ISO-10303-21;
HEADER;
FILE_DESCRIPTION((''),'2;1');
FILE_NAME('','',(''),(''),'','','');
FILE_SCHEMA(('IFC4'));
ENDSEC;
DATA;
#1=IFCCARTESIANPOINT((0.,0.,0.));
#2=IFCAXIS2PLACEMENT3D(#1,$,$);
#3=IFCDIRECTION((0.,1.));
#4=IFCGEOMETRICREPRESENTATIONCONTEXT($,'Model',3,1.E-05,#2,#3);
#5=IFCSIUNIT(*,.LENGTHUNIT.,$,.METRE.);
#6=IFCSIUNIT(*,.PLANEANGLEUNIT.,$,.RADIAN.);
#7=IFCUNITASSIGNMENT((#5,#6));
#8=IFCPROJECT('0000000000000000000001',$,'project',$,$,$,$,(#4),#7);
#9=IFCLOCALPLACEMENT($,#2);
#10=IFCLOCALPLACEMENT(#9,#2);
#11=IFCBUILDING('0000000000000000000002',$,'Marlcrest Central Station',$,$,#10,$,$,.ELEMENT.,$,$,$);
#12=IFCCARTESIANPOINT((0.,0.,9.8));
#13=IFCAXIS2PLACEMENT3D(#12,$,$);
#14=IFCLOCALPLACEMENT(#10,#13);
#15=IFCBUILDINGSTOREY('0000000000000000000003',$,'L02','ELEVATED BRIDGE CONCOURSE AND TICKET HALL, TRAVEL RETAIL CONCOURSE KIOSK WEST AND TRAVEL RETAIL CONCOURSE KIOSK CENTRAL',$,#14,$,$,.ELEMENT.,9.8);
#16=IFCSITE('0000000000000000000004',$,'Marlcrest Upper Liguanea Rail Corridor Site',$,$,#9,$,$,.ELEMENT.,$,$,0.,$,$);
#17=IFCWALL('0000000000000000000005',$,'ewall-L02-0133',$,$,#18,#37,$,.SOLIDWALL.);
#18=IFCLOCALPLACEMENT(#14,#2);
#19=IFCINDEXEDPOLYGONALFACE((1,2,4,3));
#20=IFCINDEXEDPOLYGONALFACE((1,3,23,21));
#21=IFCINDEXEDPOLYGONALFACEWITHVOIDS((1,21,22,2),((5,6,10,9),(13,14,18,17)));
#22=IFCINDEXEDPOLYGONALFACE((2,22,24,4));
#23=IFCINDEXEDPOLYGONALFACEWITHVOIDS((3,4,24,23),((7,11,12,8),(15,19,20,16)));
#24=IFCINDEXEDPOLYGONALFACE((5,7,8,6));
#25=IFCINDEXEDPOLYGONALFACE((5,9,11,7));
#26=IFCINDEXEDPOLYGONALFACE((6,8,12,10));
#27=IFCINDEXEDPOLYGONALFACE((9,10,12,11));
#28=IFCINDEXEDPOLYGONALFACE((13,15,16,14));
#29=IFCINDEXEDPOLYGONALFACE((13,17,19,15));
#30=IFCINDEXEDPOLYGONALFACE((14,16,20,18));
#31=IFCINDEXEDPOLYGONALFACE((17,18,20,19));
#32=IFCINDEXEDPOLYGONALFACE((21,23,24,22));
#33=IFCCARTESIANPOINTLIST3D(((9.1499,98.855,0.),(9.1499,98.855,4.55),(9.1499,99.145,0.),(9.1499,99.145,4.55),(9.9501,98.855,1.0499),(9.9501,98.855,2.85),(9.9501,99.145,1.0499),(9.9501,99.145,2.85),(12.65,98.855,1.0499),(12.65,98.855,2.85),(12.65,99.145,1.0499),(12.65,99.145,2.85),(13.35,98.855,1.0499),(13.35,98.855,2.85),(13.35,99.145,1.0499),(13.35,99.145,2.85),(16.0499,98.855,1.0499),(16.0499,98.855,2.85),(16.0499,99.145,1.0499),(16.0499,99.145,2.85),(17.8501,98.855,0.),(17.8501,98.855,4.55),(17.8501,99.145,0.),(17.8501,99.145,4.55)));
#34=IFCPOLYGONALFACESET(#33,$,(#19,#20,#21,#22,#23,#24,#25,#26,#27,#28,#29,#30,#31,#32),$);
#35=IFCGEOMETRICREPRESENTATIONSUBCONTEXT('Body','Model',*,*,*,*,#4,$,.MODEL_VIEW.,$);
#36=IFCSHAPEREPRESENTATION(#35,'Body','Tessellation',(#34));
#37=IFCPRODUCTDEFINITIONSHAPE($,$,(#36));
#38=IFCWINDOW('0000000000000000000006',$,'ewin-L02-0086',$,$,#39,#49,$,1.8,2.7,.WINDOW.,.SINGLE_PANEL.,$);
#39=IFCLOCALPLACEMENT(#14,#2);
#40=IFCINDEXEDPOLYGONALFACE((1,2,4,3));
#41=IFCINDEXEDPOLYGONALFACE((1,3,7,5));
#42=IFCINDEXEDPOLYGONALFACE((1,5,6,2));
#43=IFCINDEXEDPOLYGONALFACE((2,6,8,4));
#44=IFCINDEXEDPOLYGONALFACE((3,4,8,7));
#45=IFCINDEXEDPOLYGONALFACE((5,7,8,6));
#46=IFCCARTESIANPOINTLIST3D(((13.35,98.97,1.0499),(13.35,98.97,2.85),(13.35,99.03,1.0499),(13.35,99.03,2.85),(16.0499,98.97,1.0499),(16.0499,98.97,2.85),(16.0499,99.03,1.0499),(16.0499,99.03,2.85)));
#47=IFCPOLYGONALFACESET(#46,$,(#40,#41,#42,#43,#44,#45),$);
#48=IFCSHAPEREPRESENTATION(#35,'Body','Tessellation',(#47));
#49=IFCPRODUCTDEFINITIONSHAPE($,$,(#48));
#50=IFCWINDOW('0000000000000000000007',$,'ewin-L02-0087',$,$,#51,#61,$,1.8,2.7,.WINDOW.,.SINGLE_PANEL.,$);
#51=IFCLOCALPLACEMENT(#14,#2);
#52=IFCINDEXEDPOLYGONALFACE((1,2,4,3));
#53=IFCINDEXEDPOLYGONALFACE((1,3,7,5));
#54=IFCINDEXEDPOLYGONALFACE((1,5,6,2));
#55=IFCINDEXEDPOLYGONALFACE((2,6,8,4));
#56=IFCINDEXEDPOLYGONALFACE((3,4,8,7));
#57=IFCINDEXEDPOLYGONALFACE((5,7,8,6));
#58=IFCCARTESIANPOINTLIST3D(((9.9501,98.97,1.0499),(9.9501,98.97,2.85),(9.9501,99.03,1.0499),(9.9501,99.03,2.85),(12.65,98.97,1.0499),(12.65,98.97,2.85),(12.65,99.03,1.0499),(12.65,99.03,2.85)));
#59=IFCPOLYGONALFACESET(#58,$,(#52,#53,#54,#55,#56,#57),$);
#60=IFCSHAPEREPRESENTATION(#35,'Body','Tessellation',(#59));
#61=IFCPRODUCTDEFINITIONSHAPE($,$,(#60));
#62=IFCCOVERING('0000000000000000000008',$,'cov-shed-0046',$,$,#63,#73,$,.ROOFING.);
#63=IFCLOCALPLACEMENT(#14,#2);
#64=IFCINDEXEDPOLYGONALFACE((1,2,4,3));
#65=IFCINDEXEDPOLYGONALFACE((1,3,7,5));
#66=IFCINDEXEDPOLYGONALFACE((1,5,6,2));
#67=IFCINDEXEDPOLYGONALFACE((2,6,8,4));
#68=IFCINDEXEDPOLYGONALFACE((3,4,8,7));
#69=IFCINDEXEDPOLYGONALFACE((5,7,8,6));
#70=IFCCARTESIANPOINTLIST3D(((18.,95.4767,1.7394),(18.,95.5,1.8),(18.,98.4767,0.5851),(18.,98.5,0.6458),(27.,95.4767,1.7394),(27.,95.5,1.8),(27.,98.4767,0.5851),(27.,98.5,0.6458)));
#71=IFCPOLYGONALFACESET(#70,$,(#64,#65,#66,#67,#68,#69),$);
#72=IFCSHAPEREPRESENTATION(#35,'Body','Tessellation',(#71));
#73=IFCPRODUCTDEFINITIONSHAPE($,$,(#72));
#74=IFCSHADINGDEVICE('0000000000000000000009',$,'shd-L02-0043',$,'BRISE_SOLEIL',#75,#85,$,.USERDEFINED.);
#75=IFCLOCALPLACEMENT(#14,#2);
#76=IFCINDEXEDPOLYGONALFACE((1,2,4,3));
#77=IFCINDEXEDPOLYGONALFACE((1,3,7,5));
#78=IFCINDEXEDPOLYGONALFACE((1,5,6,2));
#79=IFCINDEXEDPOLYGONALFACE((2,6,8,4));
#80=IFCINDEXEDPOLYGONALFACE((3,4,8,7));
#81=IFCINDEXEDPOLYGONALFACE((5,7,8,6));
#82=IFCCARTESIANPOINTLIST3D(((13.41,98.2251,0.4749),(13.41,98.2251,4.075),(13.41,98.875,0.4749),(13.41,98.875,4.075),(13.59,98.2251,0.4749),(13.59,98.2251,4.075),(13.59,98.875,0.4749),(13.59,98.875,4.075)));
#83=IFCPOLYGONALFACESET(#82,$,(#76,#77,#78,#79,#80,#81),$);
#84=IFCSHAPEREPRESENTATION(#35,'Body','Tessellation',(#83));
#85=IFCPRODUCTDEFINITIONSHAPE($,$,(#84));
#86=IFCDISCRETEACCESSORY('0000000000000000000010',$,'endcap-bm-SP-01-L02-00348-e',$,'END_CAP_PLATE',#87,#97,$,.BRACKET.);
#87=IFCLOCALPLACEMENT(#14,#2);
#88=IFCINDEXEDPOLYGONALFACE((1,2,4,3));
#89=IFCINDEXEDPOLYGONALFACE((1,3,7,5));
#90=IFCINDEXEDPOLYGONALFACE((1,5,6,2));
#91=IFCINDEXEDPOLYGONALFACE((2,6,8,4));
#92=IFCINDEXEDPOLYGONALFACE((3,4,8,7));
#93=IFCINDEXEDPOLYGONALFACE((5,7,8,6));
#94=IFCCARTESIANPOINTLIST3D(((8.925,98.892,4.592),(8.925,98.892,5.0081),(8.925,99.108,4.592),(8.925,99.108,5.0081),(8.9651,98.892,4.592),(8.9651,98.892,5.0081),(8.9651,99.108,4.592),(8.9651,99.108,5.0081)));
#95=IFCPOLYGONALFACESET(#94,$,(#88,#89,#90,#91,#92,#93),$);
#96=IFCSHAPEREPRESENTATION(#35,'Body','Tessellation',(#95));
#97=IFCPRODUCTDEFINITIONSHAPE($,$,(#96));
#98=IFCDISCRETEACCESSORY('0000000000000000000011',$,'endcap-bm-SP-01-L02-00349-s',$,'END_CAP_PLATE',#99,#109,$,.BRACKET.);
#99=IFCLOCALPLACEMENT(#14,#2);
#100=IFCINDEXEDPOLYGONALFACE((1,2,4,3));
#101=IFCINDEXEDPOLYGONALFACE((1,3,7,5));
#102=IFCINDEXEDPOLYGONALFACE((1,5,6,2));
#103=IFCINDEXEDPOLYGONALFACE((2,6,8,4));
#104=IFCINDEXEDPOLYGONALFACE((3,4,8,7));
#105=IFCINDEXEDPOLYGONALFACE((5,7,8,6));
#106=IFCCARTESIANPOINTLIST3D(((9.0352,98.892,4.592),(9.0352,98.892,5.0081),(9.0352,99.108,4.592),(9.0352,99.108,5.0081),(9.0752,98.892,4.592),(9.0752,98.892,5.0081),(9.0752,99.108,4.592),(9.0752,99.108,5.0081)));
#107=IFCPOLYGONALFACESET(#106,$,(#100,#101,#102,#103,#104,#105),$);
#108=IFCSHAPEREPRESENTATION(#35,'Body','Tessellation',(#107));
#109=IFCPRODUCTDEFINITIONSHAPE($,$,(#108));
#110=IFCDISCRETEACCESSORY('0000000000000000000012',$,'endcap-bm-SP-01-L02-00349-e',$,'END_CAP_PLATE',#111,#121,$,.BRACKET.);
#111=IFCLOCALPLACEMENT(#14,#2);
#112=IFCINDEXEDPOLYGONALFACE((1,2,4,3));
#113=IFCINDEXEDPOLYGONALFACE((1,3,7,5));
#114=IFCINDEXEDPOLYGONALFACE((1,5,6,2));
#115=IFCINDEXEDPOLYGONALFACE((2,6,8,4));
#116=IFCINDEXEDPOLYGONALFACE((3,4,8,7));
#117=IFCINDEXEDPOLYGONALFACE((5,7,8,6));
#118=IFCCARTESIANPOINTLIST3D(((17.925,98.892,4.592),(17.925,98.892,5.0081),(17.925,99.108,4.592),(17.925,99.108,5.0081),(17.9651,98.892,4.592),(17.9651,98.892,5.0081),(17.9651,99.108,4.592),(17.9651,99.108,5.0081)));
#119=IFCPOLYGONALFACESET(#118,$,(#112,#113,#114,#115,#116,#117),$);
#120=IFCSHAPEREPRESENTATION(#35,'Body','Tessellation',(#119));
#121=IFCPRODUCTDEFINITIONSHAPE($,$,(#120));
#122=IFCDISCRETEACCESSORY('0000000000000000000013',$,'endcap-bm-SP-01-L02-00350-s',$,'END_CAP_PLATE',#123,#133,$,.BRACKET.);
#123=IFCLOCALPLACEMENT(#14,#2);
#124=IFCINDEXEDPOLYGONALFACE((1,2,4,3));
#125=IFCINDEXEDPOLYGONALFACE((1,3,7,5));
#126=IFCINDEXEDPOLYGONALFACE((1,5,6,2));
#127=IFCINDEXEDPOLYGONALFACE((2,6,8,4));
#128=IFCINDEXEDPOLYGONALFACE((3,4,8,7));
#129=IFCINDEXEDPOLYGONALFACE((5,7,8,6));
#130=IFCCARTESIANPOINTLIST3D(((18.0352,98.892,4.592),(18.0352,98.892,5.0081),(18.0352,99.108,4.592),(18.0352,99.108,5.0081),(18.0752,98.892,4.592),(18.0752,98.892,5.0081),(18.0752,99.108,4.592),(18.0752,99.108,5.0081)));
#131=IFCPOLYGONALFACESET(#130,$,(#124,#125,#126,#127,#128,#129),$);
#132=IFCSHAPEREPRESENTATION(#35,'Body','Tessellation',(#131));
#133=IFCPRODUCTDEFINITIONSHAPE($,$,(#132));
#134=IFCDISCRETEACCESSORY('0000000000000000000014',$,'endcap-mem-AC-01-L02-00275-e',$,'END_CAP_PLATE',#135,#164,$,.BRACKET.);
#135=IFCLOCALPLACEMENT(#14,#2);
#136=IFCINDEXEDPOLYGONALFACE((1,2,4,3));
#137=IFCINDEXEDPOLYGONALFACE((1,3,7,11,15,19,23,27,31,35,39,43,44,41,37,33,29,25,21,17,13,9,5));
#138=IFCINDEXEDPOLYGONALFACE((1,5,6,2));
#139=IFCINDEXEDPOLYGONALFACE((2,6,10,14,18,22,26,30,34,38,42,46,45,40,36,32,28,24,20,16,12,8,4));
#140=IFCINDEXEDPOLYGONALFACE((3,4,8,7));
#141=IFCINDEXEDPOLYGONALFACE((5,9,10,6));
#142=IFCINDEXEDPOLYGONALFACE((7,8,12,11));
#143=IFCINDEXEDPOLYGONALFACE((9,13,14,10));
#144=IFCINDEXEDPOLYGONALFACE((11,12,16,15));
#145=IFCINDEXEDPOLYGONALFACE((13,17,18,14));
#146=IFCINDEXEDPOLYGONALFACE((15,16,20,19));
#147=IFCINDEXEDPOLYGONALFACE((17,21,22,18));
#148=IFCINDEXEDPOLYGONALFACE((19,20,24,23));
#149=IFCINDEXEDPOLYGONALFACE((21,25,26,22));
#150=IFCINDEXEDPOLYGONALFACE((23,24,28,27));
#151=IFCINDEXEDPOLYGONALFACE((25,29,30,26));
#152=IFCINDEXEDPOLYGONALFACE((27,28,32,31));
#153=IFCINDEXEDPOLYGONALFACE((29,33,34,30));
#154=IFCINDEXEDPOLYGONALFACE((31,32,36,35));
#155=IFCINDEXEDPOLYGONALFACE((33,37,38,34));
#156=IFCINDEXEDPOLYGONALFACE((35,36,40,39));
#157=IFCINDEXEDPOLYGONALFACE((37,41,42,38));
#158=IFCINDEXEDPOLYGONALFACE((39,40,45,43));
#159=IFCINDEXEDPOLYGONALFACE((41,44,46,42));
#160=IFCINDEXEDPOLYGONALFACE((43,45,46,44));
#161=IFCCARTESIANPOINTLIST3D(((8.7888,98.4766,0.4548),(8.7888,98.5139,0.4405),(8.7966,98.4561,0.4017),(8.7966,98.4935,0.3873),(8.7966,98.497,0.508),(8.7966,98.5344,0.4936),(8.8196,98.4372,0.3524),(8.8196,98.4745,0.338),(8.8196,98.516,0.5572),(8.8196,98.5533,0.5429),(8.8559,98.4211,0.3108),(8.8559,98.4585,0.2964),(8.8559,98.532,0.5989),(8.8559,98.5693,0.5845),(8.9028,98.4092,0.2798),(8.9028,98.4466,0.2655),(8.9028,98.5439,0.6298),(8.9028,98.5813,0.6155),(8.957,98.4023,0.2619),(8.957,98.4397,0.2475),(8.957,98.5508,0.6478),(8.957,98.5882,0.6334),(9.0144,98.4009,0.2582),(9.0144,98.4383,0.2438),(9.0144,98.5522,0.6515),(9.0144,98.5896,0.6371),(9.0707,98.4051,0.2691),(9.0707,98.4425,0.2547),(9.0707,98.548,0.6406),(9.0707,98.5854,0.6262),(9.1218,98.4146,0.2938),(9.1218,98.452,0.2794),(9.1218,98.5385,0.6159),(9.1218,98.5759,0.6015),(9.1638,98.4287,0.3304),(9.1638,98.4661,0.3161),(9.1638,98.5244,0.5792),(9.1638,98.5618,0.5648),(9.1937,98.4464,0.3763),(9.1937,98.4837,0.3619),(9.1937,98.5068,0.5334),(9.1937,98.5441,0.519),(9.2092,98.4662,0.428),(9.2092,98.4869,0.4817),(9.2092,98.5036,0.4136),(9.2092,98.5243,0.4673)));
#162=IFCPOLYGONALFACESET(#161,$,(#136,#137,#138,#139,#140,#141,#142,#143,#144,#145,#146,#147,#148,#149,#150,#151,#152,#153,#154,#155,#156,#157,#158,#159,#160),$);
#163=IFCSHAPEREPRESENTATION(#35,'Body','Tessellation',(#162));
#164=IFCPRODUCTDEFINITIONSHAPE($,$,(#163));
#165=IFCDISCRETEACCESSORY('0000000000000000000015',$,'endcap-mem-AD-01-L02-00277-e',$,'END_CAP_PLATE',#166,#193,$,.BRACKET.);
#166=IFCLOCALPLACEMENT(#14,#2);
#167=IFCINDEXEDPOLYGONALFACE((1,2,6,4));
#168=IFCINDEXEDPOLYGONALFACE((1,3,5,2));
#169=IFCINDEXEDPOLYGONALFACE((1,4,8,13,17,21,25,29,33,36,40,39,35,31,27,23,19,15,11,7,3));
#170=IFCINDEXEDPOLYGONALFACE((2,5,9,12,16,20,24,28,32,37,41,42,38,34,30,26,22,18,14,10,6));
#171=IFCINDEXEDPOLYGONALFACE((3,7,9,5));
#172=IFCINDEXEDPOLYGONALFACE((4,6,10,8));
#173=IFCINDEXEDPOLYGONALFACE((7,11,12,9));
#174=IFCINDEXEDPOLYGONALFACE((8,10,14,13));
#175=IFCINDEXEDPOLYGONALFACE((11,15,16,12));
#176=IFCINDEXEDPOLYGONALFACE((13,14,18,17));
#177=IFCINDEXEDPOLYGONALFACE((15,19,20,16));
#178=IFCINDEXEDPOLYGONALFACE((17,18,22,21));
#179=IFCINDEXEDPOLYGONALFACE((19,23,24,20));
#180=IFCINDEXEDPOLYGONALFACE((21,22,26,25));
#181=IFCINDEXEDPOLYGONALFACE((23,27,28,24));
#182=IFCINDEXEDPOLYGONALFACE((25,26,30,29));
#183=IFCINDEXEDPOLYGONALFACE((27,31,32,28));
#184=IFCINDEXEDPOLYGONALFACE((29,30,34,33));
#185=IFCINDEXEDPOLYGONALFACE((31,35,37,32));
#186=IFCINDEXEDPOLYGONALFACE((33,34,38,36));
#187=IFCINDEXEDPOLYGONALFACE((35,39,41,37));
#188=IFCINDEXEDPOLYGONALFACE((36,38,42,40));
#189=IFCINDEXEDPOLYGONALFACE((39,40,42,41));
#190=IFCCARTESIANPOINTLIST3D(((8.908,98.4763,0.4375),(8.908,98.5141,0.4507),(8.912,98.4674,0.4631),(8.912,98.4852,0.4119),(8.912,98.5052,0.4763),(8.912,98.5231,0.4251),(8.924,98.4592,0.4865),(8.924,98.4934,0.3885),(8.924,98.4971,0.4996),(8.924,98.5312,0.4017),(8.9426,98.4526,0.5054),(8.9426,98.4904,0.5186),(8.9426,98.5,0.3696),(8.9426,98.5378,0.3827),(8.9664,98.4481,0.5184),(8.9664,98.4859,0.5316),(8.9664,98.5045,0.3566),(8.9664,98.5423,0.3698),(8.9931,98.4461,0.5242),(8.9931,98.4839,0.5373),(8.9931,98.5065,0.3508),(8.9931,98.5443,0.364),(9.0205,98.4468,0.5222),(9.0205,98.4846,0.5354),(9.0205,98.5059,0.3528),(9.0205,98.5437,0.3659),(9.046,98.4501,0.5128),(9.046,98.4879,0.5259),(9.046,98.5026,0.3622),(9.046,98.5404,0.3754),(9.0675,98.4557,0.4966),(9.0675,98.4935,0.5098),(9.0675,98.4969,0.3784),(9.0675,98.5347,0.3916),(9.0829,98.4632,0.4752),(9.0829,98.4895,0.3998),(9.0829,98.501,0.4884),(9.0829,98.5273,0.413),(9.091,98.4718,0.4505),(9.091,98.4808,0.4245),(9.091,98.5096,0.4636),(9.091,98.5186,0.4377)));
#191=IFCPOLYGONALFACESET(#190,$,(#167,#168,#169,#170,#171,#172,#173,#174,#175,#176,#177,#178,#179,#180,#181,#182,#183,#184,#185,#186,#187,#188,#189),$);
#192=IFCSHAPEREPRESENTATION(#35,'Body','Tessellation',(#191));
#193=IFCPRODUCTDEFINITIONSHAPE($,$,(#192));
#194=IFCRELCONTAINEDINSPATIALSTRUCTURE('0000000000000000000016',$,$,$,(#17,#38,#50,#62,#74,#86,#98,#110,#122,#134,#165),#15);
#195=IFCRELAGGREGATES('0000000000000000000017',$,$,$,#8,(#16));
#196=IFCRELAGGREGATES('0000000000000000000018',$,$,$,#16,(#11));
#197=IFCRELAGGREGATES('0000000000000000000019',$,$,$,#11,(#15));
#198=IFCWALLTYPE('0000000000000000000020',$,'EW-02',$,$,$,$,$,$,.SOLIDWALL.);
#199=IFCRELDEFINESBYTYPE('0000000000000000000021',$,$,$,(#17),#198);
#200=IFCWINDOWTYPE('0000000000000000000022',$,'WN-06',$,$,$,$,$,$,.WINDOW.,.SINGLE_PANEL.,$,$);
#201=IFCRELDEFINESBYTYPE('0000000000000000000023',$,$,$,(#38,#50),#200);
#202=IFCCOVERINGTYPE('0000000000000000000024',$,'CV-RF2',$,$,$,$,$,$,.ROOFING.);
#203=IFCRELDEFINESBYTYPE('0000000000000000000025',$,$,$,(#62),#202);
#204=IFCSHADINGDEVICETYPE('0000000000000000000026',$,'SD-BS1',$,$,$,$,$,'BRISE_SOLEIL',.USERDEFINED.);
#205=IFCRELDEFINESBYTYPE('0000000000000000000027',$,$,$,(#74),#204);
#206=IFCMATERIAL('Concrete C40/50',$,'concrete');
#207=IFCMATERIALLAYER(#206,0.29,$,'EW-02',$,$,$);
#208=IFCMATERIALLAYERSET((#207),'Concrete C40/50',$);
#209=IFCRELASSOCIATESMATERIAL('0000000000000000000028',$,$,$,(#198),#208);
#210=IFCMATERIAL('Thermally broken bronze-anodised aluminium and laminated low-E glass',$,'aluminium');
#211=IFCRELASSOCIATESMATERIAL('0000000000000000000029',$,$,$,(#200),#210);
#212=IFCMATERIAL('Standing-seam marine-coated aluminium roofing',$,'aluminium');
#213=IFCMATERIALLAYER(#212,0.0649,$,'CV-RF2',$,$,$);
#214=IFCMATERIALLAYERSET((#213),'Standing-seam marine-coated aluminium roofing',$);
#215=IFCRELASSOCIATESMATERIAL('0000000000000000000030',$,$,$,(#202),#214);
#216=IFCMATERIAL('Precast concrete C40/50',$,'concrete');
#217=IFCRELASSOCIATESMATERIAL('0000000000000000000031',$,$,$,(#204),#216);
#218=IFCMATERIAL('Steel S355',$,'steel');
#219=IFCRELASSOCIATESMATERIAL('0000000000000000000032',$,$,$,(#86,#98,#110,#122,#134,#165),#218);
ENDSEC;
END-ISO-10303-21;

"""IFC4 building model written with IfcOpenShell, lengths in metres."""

from ifc_helpers import new_model, si_unit, direction, frame, frame_2d, origin, origin_2d, place, context, subcontext, project, spatial, polyline, rectangle, circle, outline, extrude, material, layer, layer_set, type_object, element, fill, save


model = new_model("IFC4")

# Units and contexts
model_context = context("Model", 3, precision=1e-05, world=origin(), true_north=direction((0.0, 1.0)))
body_context = subcontext(model_context, "Body", "Model", "MODEL_VIEW")
ifc_project = project(units=[si_unit("LENGTHUNIT", "METRE"), si_unit("PLANEANGLEUNIT", "RADIAN")], contexts=[model_context])

# Site, building, storey
site_placement = place(None, origin())
site = spatial("IfcSite", under=ifc_project, at=site_placement, Name="Marlcrest Upper Liguanea Rail Corridor Site", CompositionType="ELEMENT", RefElevation=0.0)
building_placement = place(site_placement, origin())
building = spatial("IfcBuilding", under=site, at=building_placement, Name="Marlcrest Central Station", CompositionType="ELEMENT")
storey_placement = place(building_placement, frame((0.0, 0.0, 9.8)))
storey = spatial("IfcBuildingStorey", under=building, at=storey_placement, Name="L02", Description="ELEVATED BRIDGE CONCOURSE AND TICKET HALL, TRAVEL RETAIL CONCOURSE KIOSK WEST AND TRAVEL RETAIL CONCOURSE KIOSK CENTRAL", CompositionType="ELEMENT", Elevation=9.8)

# Shared definitions
ifc_material_1 = material(Name="Steel S355", Category="steel")

# Wall, openings, windows
ifc_material_2 = material(Name="Concrete C40/50", Category="concrete")
ifc_layer_1 = layer(ifc_material_2, 0.29, Name="EW-02")
ifc_layer_set_1 = layer_set([ifc_layer_1], Name="Concrete C40/50")
wall_type = type_object("IfcWallType", Name="EW-02", PredefinedType="SOLIDWALL", material=ifc_layer_set_1)
wall_placement = place(storey_placement, frame((17.8501, 99.0, 0.0), z_axis=(0.0, 0.0, 1.0), x_axis=(-1.0, 0.0, 0.0)))
wall = element("IfcWall", 1, at=wall_placement, inside=storey, type_object=wall_type, Name="ewall-L02-0133", PredefinedType="SOLIDWALL", context=body_context, shape_type="SweptSolid", body=[
    extrude(rectangle(XDim=8.7002, YDim=0.29, at=frame_2d((4.3501, 0.0))), origin(), (0.0, 0.0, 1.0), 4.55),
])
opening_1_placement = place(wall_placement, frame((1.8, 0.0, 1.05)))
opening_1 = element("IfcOpeningElement", 2, at=opening_1_placement, cuts=wall, PredefinedType="OPENING", context=body_context, shape_type="SweptSolid", body=[
    extrude(rectangle(XDim=2.7, YDim=1.8, at=frame_2d((1.3501, 0.8999))), frame((0.0, 0.155, 0.0), z_axis=(0.0, -1.0, 0.0), x_axis=(1.0, 0.0, 0.0)), (0.0, 0.0, 1.0), 0.3101),
])
opening_2_placement = place(wall_placement, frame((5.2, 0.0, 1.05)))
opening_2 = element("IfcOpeningElement", 3, at=opening_2_placement, cuts=wall, PredefinedType="OPENING", context=body_context, shape_type="SweptSolid", body=[
    extrude(rectangle(XDim=2.7, YDim=1.8, at=frame_2d((1.3501, 0.8999))), frame((0.0, 0.155, 0.0), z_axis=(0.0, -1.0, 0.0), x_axis=(1.0, 0.0, 0.0)), (0.0, 0.0, 1.0), 0.3101),
])
ifc_material_3 = material(Name="Thermally broken bronze-anodised aluminium and laminated low-E glass", Category="aluminium")
window_type = type_object("IfcWindowType", Name="WN-06", PartitioningType="SINGLE_PANEL", PredefinedType="WINDOW", material=ifc_material_3)
window_1_placement = place(opening_1_placement, origin())
window_1 = element("IfcWindow", 4, at=window_1_placement, inside=storey, type_object=window_type, Name="ewin-L02-0086", OverallHeight=1.8, OverallWidth=2.7, PartitioningType="SINGLE_PANEL", PredefinedType="WINDOW", context=body_context, shape_type="SweptSolid", body=[
    extrude(rectangle(XDim=2.7, YDim=1.8, at=frame_2d((1.3501, 0.8999))), frame((0.0, 0.03, 0.0), z_axis=(0.0, -1.0, 0.0), x_axis=(1.0, 0.0, 0.0)), (0.0, 0.0, 1.0), 0.0601),
])
fill(opening_1, window_1)
window_2_placement = place(opening_2_placement, origin())
window_2 = element("IfcWindow", 5, at=window_2_placement, inside=storey, type_object=window_type, Name="ewin-L02-0087", OverallHeight=1.8, OverallWidth=2.7, PartitioningType="SINGLE_PANEL", PredefinedType="WINDOW", context=body_context, shape_type="SweptSolid", body=[
    extrude(rectangle(XDim=2.7, YDim=1.8, at=frame_2d((1.3501, 0.8999))), frame((0.0, 0.03, 0.0), z_axis=(0.0, -1.0, 0.0), x_axis=(1.0, 0.0, 0.0)), (0.0, 0.0, 1.0), 0.0601),
])
fill(opening_2, window_2)

# Covering
ifc_material_4 = material(Name="Standing-seam marine-coated aluminium roofing", Category="aluminium")
ifc_layer_2 = layer(ifc_material_4, 0.0649, Name="CV-RF2")
ifc_layer_set_2 = layer_set([ifc_layer_2], Name="Standing-seam marine-coated aluminium roofing")
covering_type = type_object("IfcCoveringType", Name="CV-RF2", PredefinedType="ROOFING", material=ifc_layer_set_2)
covering_placement = place(storey_placement, frame((18.0, 95.5, 1.8), z_axis=(0.0, 0.359101, 0.933299), x_axis=(1.0, 0.0, 0.0)))
element("IfcCovering", 6, at=covering_placement, inside=storey, type_object=covering_type, Name="cov-shed-0046", PredefinedType="ROOFING", context=body_context, shape_type="SweptSolid", body=[
    extrude(outline(polyline([(0.0, 0.0), (9.0, 0.0), (9.0, 3.2144), (0.0, 3.2144), (0.0, 0.0)])), origin(), (0.0, 0.0, -1.0), 0.0649),
])

# Shading device
ifc_material_5 = material(Name="Precast concrete C40/50", Category="concrete")
shading_device_type = type_object("IfcShadingDeviceType", Name="SD-BS1", ElementType="BRISE_SOLEIL", PredefinedType="USERDEFINED", material=ifc_material_5)
shading_device_placement = place(storey_placement, frame((13.5, 98.55, 0.4749), z_axis=(0.0, 0.0, 1.0), x_axis=(1.0, 0.0, 0.0)))
element("IfcShadingDevice", 7, at=shading_device_placement, inside=storey, type_object=shading_device_type, Name="shd-L02-0043", ObjectType="BRISE_SOLEIL", PredefinedType="USERDEFINED", context=body_context, shape_type="SweptSolid", body=[
    extrude(rectangle(XDim=0.1799, YDim=0.6499, at=origin_2d()), origin(), (0.0, 0.0, 1.0), 3.6001),
])

# Discrete accessories
for number, where, z_axis, x_axis, name in (
    (8, (8.925, 99.0, 4.8), (1.0, 0.0, 0.0), (0.0, 1.0, 0.0), "endcap-bm-SP-01-L02-00348-e"),
    (9, (9.0352, 99.0, 4.8), (1.0, 0.0, 0.0), (0.0, 1.0, 0.0), "endcap-bm-SP-01-L02-00349-s"),
    (10, (17.925, 99.0, 4.8), (1.0, 0.0, 0.0), (0.0, 1.0, 0.0), "endcap-bm-SP-01-L02-00349-e"),
    (11, (18.0352, 99.0, 4.8), (1.0, 0.0, 0.0), (0.0, 1.0, 0.0), "endcap-bm-SP-01-L02-00350-s"),
):
    element("IfcDiscreteAccessory", number, at=place(storey_placement, frame(where, z_axis=z_axis, x_axis=x_axis)), inside=storey, material=ifc_material_1, Name=name, ObjectType="END_CAP_PLATE", PredefinedType="BRACKET", context=body_context, shape_type="SweptSolid", body=[
        extrude(rectangle(XDim=0.2161, YDim=0.416, at=origin_2d()), origin(), (0.0, 0.0, 1.0), 0.04),
    ])
discrete_accessory_1_placement = place(storey_placement, frame((9.0, 98.4766, 0.4548), z_axis=(0.0, 0.933324, -0.359035), x_axis=(-1.0, 0.0, 0.0)))
element("IfcDiscreteAccessory", 12, at=discrete_accessory_1_placement, inside=storey, material=ifc_material_1, Name="endcap-mem-AC-01-L02-00275-e", ObjectType="END_CAP_PLATE", PredefinedType="BRACKET", context=body_context, shape_type="SweptSolid", body=[
    extrude(circle(Radius=0.2112, at=origin_2d()), origin(), (0.0, 0.0, 1.0), 0.04),
])
discrete_accessory_2_placement = place(storey_placement, frame((9.0, 98.4763, 0.4375), z_axis=(0.0, 0.94426, 0.3292), x_axis=(-1.0, 0.0, 0.0)))
element("IfcDiscreteAccessory", 13, at=discrete_accessory_2_placement, inside=storey, material=ifc_material_1, Name="endcap-mem-AD-01-L02-00277-e", ObjectType="END_CAP_PLATE", PredefinedType="BRACKET", context=body_context, shape_type="SweptSolid", body=[
    extrude(circle(Radius=0.092, at=origin_2d()), origin(), (0.0, 0.0, 1.0), 0.04),
])

save(model, "model.ifc")
